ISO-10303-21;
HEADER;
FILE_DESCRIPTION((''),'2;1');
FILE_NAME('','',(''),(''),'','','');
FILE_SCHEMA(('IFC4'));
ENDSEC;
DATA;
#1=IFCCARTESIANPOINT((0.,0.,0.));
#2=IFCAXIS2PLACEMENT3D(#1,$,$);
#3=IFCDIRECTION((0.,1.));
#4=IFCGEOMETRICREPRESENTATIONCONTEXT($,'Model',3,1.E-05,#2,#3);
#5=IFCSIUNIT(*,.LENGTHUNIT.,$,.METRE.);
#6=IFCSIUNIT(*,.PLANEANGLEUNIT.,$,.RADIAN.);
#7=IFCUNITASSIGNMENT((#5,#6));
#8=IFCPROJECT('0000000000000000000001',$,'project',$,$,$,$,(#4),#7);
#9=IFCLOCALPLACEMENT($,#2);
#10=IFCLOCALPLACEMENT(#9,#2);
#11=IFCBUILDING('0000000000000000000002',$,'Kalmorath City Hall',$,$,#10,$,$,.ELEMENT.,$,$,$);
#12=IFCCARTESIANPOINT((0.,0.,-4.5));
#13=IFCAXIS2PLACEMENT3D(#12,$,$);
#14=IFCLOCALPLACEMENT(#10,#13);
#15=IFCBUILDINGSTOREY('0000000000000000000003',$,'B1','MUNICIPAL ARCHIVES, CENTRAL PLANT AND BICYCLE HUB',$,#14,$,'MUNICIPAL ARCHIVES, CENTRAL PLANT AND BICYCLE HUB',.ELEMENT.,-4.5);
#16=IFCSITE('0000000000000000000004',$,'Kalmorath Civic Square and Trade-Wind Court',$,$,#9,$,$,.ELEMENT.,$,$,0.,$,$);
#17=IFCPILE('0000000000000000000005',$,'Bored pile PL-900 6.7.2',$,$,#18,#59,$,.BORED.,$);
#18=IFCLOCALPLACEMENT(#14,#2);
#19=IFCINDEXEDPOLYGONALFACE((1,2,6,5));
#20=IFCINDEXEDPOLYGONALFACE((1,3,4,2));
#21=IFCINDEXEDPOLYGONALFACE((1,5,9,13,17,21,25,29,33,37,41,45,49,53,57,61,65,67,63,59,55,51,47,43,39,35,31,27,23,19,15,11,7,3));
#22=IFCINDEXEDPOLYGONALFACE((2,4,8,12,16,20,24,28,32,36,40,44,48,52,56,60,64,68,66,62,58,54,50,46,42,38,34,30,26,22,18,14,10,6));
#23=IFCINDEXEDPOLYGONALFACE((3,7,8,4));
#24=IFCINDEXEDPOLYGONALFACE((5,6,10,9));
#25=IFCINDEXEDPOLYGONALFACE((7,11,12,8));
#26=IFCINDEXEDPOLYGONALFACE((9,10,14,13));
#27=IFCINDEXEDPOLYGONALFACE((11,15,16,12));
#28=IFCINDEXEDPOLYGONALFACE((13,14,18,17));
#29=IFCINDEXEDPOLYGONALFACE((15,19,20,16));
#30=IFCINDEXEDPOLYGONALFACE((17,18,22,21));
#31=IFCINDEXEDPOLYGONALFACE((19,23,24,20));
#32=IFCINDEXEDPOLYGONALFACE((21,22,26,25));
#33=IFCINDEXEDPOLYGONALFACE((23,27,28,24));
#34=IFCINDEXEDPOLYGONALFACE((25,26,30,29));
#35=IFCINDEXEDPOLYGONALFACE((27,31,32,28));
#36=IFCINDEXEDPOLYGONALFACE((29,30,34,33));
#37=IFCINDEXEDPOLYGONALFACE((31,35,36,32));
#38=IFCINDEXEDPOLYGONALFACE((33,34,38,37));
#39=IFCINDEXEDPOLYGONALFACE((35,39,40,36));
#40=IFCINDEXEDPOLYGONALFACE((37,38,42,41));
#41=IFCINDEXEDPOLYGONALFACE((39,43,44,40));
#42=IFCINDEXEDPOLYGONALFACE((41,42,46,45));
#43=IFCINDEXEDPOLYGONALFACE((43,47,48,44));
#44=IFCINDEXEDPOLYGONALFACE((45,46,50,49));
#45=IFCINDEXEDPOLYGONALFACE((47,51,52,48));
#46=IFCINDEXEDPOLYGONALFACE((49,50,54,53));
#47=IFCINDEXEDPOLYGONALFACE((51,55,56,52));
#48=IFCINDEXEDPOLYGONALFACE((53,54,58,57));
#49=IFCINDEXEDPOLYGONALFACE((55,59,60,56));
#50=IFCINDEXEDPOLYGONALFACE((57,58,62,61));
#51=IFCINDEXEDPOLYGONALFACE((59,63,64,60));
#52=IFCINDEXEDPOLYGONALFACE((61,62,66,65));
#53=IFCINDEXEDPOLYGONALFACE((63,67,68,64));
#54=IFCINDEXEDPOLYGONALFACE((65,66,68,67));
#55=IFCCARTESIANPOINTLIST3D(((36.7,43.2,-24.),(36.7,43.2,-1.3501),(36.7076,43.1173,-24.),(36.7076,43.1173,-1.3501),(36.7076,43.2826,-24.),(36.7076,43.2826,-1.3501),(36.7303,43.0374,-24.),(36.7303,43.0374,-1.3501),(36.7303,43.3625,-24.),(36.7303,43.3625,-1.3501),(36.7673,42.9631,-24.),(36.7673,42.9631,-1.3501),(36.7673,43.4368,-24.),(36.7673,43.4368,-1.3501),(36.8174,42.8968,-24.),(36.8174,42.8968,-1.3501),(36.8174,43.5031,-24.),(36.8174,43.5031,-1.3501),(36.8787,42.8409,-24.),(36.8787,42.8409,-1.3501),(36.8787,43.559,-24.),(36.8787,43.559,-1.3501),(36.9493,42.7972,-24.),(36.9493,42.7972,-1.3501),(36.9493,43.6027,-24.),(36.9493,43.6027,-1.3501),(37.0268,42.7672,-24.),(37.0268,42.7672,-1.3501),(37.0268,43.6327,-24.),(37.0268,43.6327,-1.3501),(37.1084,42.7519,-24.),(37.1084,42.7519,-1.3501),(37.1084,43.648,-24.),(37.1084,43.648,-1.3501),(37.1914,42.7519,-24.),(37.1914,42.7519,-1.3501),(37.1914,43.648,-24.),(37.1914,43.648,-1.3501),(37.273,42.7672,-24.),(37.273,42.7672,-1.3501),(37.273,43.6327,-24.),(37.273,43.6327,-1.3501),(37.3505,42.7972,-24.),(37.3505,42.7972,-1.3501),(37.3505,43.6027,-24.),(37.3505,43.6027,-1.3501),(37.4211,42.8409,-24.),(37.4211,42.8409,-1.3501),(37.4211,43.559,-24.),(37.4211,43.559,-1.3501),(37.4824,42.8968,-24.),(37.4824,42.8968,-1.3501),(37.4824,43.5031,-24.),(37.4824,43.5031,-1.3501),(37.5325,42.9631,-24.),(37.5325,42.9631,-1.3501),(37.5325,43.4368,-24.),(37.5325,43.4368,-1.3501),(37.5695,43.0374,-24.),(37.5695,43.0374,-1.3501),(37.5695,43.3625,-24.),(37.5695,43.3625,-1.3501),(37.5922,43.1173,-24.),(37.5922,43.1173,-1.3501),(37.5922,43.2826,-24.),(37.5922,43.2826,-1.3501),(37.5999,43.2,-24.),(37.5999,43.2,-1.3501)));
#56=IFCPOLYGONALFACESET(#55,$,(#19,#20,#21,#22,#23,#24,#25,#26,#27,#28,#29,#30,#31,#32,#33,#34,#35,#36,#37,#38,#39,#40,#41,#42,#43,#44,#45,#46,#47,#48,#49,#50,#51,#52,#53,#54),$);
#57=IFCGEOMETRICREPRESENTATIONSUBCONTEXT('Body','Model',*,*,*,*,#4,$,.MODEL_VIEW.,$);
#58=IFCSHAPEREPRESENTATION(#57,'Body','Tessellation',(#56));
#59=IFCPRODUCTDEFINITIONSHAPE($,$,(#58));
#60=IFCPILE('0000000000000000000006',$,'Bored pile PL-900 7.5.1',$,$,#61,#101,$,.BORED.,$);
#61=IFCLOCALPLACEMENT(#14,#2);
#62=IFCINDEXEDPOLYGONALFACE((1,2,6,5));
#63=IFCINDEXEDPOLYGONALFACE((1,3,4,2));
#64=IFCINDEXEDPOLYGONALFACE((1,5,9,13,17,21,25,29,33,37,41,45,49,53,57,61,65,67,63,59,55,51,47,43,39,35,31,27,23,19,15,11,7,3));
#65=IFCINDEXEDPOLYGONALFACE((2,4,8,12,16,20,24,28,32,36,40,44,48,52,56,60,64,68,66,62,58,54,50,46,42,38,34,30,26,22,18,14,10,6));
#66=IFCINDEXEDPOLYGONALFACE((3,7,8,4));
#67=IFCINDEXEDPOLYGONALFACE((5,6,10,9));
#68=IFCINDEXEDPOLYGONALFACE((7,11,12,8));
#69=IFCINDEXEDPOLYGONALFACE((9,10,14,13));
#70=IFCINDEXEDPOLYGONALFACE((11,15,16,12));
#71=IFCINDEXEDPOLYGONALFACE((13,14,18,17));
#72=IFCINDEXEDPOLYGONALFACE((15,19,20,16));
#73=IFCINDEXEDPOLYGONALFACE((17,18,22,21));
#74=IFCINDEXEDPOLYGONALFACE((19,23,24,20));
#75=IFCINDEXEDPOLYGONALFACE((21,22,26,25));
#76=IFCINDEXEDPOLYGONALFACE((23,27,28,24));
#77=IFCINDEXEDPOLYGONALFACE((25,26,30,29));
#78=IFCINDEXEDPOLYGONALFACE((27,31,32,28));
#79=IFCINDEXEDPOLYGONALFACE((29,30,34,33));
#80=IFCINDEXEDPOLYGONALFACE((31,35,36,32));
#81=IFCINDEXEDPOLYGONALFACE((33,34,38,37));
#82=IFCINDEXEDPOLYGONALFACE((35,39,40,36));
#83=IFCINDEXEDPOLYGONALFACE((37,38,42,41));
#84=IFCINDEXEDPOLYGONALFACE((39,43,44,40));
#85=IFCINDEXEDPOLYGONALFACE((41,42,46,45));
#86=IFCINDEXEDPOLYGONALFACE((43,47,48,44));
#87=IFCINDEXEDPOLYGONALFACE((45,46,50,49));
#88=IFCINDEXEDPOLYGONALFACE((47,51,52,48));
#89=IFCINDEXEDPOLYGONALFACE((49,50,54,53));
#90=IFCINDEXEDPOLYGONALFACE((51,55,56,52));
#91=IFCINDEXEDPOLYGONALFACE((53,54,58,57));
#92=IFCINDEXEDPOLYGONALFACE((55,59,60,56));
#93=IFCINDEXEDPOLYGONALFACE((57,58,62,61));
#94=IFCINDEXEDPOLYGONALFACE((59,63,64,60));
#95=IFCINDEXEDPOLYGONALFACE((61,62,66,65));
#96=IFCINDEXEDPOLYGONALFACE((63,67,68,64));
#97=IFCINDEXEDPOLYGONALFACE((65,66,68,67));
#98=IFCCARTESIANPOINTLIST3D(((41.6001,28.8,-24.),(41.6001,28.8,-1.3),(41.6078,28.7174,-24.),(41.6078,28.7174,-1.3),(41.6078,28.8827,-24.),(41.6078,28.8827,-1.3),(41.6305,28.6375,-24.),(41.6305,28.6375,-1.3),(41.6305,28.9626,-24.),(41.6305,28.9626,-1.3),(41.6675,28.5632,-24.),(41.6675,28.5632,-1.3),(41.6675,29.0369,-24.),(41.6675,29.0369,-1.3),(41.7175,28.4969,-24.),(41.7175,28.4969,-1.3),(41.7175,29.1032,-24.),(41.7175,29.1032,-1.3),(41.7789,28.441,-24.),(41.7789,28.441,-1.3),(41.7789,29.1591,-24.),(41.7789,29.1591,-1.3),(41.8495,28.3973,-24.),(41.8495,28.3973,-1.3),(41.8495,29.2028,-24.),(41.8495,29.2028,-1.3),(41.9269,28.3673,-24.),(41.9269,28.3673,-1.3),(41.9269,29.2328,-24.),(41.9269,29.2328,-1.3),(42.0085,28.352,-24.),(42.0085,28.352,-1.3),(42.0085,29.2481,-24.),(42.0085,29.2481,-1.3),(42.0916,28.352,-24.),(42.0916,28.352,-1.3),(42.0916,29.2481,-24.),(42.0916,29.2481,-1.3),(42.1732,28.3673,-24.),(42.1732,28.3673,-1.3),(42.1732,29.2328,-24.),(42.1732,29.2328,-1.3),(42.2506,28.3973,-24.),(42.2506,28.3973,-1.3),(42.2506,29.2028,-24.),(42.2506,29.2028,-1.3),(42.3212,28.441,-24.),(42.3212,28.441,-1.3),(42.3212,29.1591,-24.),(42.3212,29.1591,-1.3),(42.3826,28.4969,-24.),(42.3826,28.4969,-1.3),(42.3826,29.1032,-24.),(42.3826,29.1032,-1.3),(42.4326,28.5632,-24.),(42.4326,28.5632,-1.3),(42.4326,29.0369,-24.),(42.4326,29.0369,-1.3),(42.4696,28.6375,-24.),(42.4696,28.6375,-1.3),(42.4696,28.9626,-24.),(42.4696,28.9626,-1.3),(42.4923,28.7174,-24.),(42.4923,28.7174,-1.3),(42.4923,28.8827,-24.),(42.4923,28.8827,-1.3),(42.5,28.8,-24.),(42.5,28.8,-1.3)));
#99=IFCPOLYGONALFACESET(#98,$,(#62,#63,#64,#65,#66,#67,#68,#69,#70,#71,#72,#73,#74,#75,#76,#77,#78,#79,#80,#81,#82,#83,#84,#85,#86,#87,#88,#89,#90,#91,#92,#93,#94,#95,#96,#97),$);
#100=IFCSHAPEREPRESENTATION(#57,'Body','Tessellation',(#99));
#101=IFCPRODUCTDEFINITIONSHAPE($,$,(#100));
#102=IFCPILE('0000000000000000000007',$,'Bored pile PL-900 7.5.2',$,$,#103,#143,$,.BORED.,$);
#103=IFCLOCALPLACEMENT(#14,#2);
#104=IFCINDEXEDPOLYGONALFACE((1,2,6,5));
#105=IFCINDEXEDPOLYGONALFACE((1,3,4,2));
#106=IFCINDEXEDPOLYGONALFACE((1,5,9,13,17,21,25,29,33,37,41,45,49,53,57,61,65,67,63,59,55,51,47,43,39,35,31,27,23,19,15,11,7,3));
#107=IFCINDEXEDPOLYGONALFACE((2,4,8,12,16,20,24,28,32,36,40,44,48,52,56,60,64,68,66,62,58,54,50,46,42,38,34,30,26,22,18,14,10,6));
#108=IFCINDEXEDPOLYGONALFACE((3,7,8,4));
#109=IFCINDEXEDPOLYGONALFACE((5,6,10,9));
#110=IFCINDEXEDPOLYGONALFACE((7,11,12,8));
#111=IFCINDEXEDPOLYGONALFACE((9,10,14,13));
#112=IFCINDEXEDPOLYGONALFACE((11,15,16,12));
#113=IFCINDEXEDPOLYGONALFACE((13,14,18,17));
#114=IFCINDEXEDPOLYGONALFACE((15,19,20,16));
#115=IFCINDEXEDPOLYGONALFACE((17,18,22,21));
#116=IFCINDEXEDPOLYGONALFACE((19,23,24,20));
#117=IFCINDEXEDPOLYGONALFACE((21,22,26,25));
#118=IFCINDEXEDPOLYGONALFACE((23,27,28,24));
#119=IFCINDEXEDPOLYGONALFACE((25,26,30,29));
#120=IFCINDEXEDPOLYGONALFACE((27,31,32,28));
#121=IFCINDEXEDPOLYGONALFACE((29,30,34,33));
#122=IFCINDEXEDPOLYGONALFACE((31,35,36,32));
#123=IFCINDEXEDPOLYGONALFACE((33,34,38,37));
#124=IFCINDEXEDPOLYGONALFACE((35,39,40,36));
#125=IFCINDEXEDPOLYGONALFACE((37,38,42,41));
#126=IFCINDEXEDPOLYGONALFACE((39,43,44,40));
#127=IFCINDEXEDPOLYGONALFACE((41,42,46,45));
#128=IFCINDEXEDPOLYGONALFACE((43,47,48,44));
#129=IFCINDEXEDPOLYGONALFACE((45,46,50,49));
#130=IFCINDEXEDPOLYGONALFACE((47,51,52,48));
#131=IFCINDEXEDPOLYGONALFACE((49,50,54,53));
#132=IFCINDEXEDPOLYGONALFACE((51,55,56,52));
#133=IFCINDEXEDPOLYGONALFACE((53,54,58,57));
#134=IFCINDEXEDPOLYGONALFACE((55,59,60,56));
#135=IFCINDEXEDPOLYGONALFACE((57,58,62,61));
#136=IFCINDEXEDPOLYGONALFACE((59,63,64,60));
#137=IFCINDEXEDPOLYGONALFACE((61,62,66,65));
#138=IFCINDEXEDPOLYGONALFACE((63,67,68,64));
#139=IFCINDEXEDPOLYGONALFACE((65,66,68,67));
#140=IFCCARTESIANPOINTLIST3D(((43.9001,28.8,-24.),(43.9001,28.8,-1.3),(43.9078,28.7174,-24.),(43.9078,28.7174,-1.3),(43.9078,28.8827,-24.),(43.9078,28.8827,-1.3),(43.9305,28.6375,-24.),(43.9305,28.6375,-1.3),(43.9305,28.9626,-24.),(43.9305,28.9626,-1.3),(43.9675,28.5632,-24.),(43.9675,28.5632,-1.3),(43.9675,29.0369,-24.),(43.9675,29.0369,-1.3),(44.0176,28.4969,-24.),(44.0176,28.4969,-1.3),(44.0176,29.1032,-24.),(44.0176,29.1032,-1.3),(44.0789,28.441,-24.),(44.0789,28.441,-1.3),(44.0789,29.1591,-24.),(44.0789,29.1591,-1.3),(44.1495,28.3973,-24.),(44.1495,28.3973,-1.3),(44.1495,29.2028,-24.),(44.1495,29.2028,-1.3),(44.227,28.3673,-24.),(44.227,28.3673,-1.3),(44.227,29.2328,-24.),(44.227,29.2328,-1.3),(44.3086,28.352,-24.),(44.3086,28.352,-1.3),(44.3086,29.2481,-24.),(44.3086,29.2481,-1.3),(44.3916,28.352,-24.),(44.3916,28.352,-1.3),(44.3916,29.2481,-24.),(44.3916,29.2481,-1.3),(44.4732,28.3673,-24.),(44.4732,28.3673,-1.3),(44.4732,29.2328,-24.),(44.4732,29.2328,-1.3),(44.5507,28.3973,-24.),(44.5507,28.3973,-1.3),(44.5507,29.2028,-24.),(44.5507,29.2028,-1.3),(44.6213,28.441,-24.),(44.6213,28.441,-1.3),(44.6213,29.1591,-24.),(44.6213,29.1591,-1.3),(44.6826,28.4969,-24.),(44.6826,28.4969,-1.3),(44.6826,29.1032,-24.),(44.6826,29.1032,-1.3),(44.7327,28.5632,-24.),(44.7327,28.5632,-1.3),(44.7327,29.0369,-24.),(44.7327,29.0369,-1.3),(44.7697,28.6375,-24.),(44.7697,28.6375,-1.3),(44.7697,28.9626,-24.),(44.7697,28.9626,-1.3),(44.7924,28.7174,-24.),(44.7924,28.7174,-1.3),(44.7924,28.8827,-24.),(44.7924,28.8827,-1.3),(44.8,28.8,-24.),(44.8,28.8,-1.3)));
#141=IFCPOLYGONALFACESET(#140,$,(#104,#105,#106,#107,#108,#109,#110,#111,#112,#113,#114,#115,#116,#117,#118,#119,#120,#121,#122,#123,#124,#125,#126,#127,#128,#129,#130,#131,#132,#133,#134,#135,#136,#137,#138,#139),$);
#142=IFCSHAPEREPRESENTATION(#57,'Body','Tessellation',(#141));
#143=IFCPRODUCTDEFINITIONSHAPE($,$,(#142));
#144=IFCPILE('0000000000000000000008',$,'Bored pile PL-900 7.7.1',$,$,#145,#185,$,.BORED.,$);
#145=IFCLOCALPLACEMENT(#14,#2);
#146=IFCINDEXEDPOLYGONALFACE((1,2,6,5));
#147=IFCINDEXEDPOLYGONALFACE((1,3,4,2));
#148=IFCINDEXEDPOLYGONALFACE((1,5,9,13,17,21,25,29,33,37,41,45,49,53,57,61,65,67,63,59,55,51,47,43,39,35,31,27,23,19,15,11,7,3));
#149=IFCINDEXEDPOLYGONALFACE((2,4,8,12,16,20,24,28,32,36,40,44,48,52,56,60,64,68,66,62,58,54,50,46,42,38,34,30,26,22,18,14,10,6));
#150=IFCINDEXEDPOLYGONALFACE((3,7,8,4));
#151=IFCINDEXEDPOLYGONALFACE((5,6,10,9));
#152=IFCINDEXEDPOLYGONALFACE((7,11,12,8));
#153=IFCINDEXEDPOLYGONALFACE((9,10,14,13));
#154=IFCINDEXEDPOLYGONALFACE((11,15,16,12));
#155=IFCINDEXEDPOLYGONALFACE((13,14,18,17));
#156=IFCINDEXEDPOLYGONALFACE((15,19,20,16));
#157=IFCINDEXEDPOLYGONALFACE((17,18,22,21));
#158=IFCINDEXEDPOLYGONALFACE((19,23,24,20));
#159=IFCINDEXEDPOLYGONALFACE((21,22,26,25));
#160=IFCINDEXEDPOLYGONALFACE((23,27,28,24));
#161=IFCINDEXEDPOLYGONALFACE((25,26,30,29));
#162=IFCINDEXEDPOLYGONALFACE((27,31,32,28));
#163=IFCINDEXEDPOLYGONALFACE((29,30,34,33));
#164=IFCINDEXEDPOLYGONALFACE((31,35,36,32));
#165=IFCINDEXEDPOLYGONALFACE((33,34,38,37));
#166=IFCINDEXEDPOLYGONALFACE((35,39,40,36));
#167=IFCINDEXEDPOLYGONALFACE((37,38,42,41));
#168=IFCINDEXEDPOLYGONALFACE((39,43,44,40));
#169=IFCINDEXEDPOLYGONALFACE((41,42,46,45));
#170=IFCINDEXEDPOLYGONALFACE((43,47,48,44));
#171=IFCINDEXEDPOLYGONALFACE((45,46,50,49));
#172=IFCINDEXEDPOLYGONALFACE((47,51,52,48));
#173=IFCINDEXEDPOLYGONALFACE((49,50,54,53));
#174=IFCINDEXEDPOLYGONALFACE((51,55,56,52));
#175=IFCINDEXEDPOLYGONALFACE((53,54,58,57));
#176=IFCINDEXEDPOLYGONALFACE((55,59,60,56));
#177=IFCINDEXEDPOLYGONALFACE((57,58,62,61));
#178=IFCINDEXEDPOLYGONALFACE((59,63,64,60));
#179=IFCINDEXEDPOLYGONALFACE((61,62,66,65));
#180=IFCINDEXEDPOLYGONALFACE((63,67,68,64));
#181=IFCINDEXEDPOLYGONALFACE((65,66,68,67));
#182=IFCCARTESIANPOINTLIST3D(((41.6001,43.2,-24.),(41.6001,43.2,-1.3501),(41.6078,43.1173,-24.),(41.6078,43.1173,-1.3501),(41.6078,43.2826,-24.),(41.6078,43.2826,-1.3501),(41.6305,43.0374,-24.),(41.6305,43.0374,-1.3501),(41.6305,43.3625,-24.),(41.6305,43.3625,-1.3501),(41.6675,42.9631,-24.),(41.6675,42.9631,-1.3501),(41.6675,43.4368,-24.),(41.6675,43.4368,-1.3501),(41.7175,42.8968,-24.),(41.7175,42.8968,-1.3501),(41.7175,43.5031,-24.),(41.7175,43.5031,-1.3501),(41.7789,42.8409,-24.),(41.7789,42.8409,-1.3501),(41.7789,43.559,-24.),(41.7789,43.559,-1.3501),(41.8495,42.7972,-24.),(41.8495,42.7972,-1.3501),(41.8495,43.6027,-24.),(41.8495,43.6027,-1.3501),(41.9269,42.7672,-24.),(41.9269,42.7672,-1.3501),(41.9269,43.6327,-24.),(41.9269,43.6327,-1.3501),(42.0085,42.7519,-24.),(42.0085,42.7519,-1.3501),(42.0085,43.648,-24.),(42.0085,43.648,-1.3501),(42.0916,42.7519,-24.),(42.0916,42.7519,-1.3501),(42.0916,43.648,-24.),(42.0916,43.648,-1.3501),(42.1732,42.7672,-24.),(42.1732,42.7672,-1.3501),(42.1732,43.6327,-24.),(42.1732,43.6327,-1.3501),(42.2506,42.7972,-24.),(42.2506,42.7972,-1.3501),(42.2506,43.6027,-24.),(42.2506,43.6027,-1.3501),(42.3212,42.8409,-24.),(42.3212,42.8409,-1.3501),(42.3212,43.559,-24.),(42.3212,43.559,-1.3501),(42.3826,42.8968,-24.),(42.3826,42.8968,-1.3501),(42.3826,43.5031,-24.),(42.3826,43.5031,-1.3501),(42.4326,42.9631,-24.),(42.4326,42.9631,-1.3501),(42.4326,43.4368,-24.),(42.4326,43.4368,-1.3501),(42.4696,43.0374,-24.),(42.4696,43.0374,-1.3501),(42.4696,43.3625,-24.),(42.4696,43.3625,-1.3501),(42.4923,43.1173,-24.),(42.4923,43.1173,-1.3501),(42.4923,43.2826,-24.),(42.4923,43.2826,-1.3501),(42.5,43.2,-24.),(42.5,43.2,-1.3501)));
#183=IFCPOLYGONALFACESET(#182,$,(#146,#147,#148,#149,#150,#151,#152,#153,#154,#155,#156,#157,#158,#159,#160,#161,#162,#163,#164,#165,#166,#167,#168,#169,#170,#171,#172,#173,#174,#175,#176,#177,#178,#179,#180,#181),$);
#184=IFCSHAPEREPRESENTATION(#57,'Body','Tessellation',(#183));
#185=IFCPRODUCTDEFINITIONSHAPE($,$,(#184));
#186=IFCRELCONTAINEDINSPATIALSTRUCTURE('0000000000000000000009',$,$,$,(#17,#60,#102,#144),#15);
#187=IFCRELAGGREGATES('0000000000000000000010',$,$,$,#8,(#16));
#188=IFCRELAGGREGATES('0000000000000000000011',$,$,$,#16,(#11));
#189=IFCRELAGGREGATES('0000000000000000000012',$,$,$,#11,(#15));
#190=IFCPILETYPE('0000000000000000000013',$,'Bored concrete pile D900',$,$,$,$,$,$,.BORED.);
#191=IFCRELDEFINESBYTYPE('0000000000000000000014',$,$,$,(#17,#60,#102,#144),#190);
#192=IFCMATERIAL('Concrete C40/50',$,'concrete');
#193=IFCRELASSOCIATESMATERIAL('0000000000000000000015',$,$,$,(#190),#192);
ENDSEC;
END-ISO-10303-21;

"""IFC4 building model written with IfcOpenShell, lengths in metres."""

from ifc_helpers import new_model, si_unit, direction, frame, origin, origin_2d, place, context, subcontext, project, spatial, circle, extrude, material, material_profile, profile_set, type_object, element, save


model = new_model("IFC4")

# Units and contexts
model_context = context("Model", 3, precision=1e-05, world=origin(), true_north=direction((0.0, 1.0)))
body_context = subcontext(model_context, "Body", "Model", "MODEL_VIEW")
ifc_project = project(units=[si_unit("LENGTHUNIT", "METRE"), si_unit("PLANEANGLEUNIT", "RADIAN")], contexts=[model_context])

# Site, building, storey
site_placement = place(None, origin())
site = spatial("IfcSite", under=ifc_project, at=site_placement, Name="Kalmorath Civic Square and Trade-Wind Court", CompositionType="ELEMENT", RefElevation=0.0)
building_placement = place(site_placement, origin())
building = spatial("IfcBuilding", under=site, at=building_placement, Name="Kalmorath City Hall", CompositionType="ELEMENT")
storey_placement = place(building_placement, frame((0.0, 0.0, -4.5)))
storey = spatial("IfcBuildingStorey", under=building, at=storey_placement, Name="B1", Description="MUNICIPAL ARCHIVES, CENTRAL PLANT AND BICYCLE HUB", LongName="MUNICIPAL ARCHIVES, CENTRAL PLANT AND BICYCLE HUB", CompositionType="ELEMENT", Elevation=-4.5)

# Piles
ifc_material_1 = material(Name="Concrete C40/50", Category="concrete")
ifc_material_profile_1 = material_profile(ifc_material_1, circle(Radius=0.45, at=origin_2d()), Name="PILE-D900")
ifc_profile_set_1 = profile_set([ifc_material_profile_1], Name="Concrete C40/50")
pile_type = type_object("IfcPileType", Name="Bored concrete pile D900", PredefinedType="BORED", material=ifc_profile_set_1)
pile_1_placement = place(storey_placement, frame((37.1499, 43.2, -1.3501), z_axis=(0.0, 0.0, -1.0), x_axis=(1.0, 0.0, 0.0)))
element("IfcPile", 1, at=pile_1_placement, inside=storey, type_object=pile_type, Name="Bored pile PL-900 6.7.2", PredefinedType="BORED", context=body_context, shape_type="SweptSolid", body=[
    extrude(circle(Radius=0.45, at=origin_2d()), origin(), (0.0, 0.0, 1.0), 22.6499),
])
for number, where, z_axis, x_axis, name in (
    (2, (42.05, 28.8, -1.3), (0.0, 0.0, -1.0), (1.0, 0.0, 0.0), "Bored pile PL-900 7.5.1"),
    (3, (44.3501, 28.8, -1.3), (0.0, 0.0, -1.0), (1.0, 0.0, 0.0), "Bored pile PL-900 7.5.2"),
):
    element("IfcPile", number, at=place(storey_placement, frame(where, z_axis=z_axis, x_axis=x_axis)), inside=storey, type_object=pile_type, Name=name, PredefinedType="BORED", context=body_context, shape_type="SweptSolid", body=[
        extrude(circle(Radius=0.45, at=origin_2d()), origin(), (0.0, 0.0, 1.0), 22.7),
    ])
for number, where, z_axis, x_axis, name in (
    (4, (42.05, 43.2, -1.3501), (0.0, 0.0, -1.0), (1.0, 0.0, 0.0), "Bored pile PL-900 7.7.1"),
):
    element("IfcPile", number, at=place(storey_placement, frame(where, z_axis=z_axis, x_axis=x_axis)), inside=storey, type_object=pile_type, Name=name, PredefinedType="BORED", context=body_context, shape_type="SweptSolid", body=[
        extrude(circle(Radius=0.45, at=origin_2d()), origin(), (0.0, 0.0, 1.0), 22.6499),
    ])

save(model, "model.ifc")
